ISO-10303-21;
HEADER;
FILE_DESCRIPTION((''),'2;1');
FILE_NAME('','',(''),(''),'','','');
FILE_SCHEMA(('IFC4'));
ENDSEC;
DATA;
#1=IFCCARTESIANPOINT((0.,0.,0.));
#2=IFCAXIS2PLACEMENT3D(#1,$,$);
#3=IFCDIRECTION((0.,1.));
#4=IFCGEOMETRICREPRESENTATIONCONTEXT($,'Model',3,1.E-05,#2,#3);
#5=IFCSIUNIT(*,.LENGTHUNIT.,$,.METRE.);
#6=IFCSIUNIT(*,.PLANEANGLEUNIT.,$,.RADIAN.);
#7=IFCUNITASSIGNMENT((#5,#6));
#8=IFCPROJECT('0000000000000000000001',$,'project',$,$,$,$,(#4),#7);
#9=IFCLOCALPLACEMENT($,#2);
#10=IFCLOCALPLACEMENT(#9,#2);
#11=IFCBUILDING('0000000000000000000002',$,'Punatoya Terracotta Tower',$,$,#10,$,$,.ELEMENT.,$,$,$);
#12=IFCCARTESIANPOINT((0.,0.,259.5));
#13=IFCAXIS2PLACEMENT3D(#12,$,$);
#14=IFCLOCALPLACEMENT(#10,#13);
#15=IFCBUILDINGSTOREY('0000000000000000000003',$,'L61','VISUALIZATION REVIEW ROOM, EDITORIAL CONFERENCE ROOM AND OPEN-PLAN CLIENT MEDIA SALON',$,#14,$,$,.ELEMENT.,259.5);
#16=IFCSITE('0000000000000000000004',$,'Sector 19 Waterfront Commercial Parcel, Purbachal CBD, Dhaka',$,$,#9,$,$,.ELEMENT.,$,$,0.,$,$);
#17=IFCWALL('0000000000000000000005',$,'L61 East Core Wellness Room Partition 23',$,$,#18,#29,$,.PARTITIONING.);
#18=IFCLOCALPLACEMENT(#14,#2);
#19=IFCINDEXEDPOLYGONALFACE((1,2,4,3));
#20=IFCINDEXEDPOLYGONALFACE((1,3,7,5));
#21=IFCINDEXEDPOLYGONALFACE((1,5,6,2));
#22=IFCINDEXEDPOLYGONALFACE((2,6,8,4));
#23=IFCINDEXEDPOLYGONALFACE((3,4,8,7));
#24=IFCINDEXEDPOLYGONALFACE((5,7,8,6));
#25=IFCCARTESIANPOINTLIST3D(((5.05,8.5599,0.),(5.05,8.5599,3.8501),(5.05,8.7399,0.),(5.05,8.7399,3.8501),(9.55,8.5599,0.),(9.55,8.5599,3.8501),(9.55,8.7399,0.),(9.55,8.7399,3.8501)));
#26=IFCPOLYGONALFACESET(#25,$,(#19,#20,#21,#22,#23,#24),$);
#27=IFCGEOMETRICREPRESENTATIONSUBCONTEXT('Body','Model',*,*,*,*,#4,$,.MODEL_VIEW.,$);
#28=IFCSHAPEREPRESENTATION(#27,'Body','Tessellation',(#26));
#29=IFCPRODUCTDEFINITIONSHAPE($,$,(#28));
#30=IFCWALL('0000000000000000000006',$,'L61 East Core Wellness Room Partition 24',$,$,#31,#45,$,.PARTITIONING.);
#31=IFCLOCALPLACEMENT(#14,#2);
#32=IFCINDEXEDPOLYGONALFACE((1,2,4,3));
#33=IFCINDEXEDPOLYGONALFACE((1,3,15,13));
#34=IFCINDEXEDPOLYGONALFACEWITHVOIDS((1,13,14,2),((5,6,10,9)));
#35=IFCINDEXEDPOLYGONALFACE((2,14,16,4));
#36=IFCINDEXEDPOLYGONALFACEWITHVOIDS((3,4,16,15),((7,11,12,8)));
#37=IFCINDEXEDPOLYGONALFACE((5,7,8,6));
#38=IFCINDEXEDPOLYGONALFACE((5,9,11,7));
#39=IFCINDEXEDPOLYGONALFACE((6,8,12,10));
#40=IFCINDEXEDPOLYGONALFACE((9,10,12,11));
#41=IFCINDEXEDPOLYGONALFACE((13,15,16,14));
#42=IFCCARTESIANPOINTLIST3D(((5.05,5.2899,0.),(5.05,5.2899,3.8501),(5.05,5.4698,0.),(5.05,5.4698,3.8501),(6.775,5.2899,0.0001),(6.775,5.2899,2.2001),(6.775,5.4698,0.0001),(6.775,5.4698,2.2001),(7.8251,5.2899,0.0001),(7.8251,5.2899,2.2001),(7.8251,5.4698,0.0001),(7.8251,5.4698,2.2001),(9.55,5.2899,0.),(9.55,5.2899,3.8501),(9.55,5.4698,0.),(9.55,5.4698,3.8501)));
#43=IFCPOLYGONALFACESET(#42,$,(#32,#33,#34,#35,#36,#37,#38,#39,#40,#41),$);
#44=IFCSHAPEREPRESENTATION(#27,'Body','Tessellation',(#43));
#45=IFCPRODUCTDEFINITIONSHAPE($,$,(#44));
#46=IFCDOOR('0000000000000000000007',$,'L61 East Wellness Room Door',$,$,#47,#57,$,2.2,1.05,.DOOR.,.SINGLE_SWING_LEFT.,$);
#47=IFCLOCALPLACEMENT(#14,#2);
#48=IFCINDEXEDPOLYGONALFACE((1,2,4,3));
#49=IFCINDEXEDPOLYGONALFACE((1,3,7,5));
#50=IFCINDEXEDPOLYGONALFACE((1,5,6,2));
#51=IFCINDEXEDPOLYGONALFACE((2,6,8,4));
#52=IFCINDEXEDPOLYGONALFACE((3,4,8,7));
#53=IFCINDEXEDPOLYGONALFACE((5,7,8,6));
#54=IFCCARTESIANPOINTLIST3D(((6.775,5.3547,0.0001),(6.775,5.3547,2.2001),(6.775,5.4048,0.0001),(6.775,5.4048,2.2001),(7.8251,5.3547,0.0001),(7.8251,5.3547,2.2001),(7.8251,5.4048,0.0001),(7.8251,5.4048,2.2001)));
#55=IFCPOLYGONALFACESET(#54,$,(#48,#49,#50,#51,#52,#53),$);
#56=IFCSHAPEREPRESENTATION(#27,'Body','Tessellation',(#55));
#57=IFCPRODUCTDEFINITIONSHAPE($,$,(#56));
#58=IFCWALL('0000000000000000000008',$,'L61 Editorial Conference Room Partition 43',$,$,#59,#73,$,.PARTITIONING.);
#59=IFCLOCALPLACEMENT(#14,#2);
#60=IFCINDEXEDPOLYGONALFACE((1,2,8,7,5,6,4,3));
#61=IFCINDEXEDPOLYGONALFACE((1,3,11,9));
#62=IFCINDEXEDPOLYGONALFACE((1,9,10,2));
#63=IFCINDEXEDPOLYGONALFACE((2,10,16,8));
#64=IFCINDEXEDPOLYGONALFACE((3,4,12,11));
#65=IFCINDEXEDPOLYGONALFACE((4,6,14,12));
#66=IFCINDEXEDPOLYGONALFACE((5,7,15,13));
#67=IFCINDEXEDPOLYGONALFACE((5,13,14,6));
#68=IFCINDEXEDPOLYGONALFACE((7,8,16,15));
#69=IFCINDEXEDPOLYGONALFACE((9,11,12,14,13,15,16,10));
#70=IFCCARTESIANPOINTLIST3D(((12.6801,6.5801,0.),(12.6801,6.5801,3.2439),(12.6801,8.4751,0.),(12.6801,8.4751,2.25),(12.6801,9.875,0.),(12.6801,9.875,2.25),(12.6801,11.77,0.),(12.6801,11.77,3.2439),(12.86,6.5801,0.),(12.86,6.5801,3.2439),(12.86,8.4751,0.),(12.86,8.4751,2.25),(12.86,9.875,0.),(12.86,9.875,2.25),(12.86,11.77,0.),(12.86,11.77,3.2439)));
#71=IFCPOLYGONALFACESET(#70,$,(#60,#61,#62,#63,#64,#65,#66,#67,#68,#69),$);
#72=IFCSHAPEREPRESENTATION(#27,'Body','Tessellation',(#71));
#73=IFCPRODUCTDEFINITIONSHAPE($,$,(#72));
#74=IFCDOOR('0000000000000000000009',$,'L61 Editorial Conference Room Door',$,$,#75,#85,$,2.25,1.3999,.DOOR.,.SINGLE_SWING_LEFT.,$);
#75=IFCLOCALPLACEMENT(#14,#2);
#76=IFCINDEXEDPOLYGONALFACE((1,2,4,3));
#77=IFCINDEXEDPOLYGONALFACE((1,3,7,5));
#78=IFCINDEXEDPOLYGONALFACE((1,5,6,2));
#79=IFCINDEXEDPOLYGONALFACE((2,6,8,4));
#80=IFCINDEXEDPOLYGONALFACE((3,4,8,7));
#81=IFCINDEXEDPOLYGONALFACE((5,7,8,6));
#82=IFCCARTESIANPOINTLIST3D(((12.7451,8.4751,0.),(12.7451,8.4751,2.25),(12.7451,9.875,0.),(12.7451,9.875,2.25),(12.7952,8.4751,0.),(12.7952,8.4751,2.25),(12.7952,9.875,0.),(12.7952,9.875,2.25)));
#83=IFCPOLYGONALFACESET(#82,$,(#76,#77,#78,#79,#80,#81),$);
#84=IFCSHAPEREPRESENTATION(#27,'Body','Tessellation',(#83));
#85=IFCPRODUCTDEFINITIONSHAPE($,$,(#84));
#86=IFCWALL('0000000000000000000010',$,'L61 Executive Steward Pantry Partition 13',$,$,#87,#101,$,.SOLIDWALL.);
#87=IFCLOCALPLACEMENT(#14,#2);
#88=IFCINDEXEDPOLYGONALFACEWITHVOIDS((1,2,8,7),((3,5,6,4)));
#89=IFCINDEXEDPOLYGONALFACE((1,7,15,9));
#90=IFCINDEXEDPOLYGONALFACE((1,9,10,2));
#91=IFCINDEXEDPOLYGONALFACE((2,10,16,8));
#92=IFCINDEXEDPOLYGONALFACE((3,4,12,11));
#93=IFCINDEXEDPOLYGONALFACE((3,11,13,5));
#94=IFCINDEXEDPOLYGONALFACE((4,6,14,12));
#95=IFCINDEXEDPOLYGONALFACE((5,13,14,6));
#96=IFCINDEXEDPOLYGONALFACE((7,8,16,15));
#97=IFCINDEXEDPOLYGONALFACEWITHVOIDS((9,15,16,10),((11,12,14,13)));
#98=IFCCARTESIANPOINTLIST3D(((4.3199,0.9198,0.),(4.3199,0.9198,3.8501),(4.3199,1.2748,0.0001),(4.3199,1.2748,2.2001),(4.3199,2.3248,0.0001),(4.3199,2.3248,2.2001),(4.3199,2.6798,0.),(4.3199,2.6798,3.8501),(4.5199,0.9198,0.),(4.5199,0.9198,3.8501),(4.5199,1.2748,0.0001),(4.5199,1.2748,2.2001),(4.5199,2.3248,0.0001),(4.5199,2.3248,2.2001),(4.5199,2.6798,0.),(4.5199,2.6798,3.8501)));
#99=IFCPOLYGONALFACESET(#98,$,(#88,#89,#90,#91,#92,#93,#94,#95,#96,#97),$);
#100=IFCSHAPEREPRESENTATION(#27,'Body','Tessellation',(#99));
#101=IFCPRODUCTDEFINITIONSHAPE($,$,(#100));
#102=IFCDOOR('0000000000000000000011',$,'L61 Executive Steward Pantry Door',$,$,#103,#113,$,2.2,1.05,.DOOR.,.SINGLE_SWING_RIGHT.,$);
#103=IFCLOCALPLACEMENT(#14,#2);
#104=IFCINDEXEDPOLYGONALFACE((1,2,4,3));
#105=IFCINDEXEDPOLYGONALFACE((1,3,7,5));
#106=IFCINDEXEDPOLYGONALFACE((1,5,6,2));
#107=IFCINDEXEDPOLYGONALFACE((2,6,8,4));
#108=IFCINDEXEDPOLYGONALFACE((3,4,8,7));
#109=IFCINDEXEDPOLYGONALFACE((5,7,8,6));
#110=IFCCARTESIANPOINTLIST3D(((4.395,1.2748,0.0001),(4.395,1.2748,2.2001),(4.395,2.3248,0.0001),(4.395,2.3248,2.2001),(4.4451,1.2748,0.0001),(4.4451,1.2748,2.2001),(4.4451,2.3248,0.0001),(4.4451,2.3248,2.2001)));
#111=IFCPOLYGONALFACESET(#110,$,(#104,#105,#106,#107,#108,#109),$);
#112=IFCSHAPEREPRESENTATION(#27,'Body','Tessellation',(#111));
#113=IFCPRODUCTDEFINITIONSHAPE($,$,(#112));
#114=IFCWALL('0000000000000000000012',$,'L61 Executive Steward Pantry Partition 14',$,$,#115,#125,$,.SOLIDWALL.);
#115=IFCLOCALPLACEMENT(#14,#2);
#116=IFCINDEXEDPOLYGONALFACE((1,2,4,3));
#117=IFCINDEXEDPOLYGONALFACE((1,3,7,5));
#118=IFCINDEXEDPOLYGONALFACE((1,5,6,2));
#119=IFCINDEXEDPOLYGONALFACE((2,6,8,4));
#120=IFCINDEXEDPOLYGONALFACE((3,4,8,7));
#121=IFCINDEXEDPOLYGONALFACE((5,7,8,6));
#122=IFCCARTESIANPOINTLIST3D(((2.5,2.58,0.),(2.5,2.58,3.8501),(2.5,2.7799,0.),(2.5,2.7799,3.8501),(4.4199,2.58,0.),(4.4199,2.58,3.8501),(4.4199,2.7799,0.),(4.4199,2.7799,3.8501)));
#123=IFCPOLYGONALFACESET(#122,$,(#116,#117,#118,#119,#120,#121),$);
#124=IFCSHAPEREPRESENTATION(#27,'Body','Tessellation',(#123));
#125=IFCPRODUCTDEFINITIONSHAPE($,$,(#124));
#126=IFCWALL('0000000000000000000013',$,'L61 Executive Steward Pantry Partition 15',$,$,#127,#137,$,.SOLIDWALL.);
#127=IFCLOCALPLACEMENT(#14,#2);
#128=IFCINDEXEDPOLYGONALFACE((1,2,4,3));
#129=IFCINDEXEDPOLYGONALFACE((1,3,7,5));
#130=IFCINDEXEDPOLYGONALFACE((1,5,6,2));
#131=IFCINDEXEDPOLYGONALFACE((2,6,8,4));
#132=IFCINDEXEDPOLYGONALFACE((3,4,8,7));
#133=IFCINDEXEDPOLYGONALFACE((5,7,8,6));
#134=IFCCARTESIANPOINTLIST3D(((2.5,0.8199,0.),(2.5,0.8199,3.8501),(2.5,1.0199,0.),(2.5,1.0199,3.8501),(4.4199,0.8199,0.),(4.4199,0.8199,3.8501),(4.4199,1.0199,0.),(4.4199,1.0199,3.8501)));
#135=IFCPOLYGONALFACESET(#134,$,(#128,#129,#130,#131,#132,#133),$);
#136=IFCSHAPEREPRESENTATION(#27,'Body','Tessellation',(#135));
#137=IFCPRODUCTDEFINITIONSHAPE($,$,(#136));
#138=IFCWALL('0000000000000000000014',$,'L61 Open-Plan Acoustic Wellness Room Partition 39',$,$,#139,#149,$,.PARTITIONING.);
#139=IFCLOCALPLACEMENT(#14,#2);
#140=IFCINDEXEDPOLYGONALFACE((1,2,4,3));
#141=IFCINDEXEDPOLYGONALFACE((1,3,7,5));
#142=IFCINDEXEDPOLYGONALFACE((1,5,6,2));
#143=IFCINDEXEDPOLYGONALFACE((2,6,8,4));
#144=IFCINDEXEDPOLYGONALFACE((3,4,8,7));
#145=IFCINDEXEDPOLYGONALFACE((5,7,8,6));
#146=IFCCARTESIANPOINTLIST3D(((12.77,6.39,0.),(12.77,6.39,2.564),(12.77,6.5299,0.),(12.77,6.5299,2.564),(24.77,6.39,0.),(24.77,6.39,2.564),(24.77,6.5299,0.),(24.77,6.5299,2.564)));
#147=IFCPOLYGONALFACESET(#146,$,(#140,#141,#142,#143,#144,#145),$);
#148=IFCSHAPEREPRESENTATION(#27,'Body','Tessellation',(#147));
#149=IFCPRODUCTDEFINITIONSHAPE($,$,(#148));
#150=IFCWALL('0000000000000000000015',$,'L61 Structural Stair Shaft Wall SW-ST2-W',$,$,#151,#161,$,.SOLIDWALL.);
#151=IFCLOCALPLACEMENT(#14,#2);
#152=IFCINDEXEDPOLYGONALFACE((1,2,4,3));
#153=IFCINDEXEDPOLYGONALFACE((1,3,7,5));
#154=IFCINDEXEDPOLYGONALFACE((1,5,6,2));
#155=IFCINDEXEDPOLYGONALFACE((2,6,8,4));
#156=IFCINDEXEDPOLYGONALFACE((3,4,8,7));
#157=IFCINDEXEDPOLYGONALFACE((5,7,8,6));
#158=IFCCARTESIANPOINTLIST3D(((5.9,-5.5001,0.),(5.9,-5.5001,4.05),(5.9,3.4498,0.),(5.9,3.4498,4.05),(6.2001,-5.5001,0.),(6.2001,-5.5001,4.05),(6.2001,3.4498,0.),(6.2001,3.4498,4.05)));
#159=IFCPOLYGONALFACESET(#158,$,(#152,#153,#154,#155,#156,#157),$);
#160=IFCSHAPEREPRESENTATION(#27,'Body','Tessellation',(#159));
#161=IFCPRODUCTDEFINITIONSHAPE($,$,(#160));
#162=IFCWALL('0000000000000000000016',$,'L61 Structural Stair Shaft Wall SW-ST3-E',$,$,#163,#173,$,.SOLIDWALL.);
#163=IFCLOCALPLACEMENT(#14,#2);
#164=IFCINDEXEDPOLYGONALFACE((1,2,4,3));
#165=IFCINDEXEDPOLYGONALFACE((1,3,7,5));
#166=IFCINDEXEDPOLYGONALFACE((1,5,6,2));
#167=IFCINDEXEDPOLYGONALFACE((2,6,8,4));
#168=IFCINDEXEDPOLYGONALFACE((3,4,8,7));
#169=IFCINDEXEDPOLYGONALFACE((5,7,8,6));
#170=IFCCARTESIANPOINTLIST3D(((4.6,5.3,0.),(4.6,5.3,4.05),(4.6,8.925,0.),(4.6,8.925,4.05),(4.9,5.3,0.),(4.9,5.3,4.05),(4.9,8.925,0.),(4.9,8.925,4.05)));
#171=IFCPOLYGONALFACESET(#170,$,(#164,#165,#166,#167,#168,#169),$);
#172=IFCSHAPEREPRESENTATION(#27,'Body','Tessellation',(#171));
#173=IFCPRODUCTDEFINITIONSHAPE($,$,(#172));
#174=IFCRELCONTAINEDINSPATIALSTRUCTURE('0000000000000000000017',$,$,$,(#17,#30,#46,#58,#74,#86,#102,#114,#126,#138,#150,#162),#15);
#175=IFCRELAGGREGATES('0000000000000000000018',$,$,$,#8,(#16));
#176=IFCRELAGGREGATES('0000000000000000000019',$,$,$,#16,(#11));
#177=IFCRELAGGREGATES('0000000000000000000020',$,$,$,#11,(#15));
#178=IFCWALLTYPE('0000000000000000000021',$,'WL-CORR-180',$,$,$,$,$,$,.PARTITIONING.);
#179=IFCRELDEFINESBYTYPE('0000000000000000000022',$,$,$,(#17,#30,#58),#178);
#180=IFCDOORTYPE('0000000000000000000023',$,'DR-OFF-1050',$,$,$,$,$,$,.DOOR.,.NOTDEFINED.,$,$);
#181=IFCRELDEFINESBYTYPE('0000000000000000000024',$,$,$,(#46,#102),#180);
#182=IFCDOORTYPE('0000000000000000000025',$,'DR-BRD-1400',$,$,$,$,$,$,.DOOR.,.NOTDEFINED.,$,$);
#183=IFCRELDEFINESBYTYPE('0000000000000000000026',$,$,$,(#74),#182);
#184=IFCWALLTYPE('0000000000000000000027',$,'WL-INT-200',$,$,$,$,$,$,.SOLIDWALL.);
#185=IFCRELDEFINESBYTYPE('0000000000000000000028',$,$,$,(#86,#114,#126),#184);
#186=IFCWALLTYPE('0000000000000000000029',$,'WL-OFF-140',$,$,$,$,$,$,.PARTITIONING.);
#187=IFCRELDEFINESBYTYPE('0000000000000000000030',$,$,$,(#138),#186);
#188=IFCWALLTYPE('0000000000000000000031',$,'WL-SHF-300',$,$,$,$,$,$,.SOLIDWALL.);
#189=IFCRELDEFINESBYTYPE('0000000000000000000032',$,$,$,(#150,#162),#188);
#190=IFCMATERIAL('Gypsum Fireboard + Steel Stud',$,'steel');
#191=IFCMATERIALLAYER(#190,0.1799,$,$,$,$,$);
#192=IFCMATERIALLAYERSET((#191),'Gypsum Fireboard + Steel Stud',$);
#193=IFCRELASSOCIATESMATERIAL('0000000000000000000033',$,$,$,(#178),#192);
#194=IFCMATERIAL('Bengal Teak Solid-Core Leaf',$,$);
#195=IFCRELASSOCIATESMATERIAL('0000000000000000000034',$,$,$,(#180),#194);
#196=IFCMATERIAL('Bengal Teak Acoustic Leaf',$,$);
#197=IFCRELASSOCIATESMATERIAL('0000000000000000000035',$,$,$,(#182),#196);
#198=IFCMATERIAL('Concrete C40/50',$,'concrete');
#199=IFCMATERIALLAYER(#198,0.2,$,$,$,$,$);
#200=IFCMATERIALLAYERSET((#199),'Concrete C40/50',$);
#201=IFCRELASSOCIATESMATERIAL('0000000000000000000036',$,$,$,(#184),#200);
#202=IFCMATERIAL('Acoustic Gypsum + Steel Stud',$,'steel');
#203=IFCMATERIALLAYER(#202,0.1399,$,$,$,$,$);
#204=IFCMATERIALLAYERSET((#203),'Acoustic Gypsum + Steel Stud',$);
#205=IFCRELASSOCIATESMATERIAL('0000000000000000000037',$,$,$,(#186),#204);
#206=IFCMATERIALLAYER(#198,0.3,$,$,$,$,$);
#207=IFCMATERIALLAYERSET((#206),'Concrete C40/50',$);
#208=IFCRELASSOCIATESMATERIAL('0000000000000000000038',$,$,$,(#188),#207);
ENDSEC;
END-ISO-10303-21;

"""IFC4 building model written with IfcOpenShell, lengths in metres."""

from ifc_helpers import new_model, si_unit, direction, frame, frame_2d, origin, place, context, subcontext, project, spatial, rectangle, extrude, material, layer, layer_set, type_object, element, fill, save


model = new_model("IFC4")

# Units and contexts
model_context = context("Model", 3, precision=1e-05, world=origin(), true_north=direction((0.0, 1.0)))
body_context = subcontext(model_context, "Body", "Model", "MODEL_VIEW")
ifc_project = project(units=[si_unit("LENGTHUNIT", "METRE"), si_unit("PLANEANGLEUNIT", "RADIAN")], contexts=[model_context])

# Site, building, storey
site_placement = place(None, origin())
site = spatial("IfcSite", under=ifc_project, at=site_placement, Name="Sector 19 Waterfront Commercial Parcel, Purbachal CBD, Dhaka", CompositionType="ELEMENT", RefElevation=0.0)
building_placement = place(site_placement, origin())
building = spatial("IfcBuilding", under=site, at=building_placement, Name="Punatoya Terracotta Tower", CompositionType="ELEMENT")
storey_placement = place(building_placement, frame((0.0, 0.0, 259.5)))
storey = spatial("IfcBuildingStorey", under=building, at=storey_placement, Name="L61", Description="VISUALIZATION REVIEW ROOM, EDITORIAL CONFERENCE ROOM AND OPEN-PLAN CLIENT MEDIA SALON", CompositionType="ELEMENT", Elevation=259.5)

# Wall
ifc_material_1 = material(Name="Gypsum Fireboard + Steel Stud", Category="steel")
ifc_layer_1 = layer(ifc_material_1, 0.1799)
ifc_layer_set_1 = layer_set([ifc_layer_1], Name="Gypsum Fireboard + Steel Stud")
wall_type_1 = type_object("IfcWallType", Name="WL-CORR-180", PredefinedType="PARTITIONING", material=ifc_layer_set_1)
wall_1_placement = place(storey_placement, frame((9.55, 8.6499, 0.0), z_axis=(0.0, 0.0, 1.0), x_axis=(-1.0, 0.0, 0.0)))
element("IfcWall", 1, at=wall_1_placement, inside=storey, type_object=wall_type_1, Name="L61 East Core Wellness Room Partition 23", PredefinedType="PARTITIONING", context=body_context, shape_type="SweptSolid", body=[
    extrude(rectangle(XDim=4.5, YDim=0.1799, at=frame_2d((2.25, 0.0))), origin(), (0.0, 0.0, 1.0), 3.8501),
])

# Walls, openings, doors
wall_2_placement = place(storey_placement, frame((5.05, 5.3799, 0.0), z_axis=(0.0, 0.0, 1.0), x_axis=(1.0, 0.0, 0.0)))
wall_2 = element("IfcWall", 2, at=wall_2_placement, inside=storey, type_object=wall_type_1, Name="L61 East Core Wellness Room Partition 24", PredefinedType="PARTITIONING", context=body_context, shape_type="SweptSolid", body=[
    extrude(rectangle(XDim=4.5, YDim=0.1799, at=frame_2d((2.25, 0.0))), origin(), (0.0, 0.0, 1.0), 3.8501),
])
opening_1_placement = place(wall_2_placement, frame((1.7251, 0.0, 0.0)))
opening_1 = element("IfcOpeningElement", 3, at=opening_1_placement, cuts=wall_2, PredefinedType="OPENING", context=body_context, shape_type="SweptSolid", body=[
    extrude(rectangle(XDim=1.05, YDim=2.2, at=frame_2d((0.5249, 1.1001))), frame((0.0, 0.0999, 0.0), z_axis=(0.0, -1.0, 0.0), x_axis=(1.0, 0.0, 0.0)), (0.0, 0.0, 1.0), 0.2),
])
ifc_material_2 = material(Name="Bengal Teak Solid-Core Leaf")
door_type_1 = type_object("IfcDoorType", Name="DR-OFF-1050", OperationType="NOTDEFINED", PredefinedType="DOOR", material=ifc_material_2)
door_1_placement = place(opening_1_placement, origin())
door_1 = element("IfcDoor", 4, at=door_1_placement, inside=storey, type_object=door_type_1, Name="L61 East Wellness Room Door", OperationType="SINGLE_SWING_LEFT", OverallHeight=2.2, OverallWidth=1.05, PredefinedType="DOOR", context=body_context, shape_type="SweptSolid", body=[
    extrude(rectangle(XDim=1.05, YDim=2.2, at=frame_2d((0.5249, 1.1001))), frame((0.0, 0.0249, 0.0), z_axis=(0.0, -1.0, 0.0), x_axis=(1.0, 0.0, 0.0)), (0.0, 0.0, 1.0), 0.05),
])
fill(opening_1, door_1)
wall_3_placement = place(storey_placement, frame((12.77, 6.5801, 0.0), z_axis=(0.0, 0.0, 1.0), x_axis=(0.0, 1.0, 0.0)))
wall_3 = element("IfcWall", 5, at=wall_3_placement, inside=storey, type_object=wall_type_1, Name="L61 Editorial Conference Room Partition 43", PredefinedType="PARTITIONING", context=body_context, shape_type="SweptSolid", body=[
    extrude(rectangle(XDim=5.1899, YDim=0.1799, at=frame_2d((2.595, 0.0))), origin(), (0.0, 0.0, 1.0), 3.2439),
])
opening_2_placement = place(wall_3_placement, frame((1.895, 0.0, 0.0)))
opening_2 = element("IfcOpeningElement", 6, at=opening_2_placement, cuts=wall_3, PredefinedType="OPENING", context=body_context, shape_type="SweptSolid", body=[
    extrude(rectangle(XDim=1.3999, YDim=2.25, at=frame_2d((0.7, 1.125))), frame((0.0, 0.0999, 0.0), z_axis=(0.0, -1.0, 0.0), x_axis=(1.0, 0.0, 0.0)), (0.0, 0.0, 1.0), 0.2),
])
ifc_material_3 = material(Name="Bengal Teak Acoustic Leaf")
door_type_2 = type_object("IfcDoorType", Name="DR-BRD-1400", OperationType="NOTDEFINED", PredefinedType="DOOR", material=ifc_material_3)
door_2_placement = place(opening_2_placement, origin())
door_2 = element("IfcDoor", 7, at=door_2_placement, inside=storey, type_object=door_type_2, Name="L61 Editorial Conference Room Door", OperationType="SINGLE_SWING_LEFT", OverallHeight=2.25, OverallWidth=1.3999, PredefinedType="DOOR", context=body_context, shape_type="SweptSolid", body=[
    extrude(rectangle(XDim=1.3999, YDim=2.25, at=frame_2d((0.7, 1.125))), frame((0.0, 0.0249, 0.0), z_axis=(0.0, -1.0, 0.0), x_axis=(1.0, 0.0, 0.0)), (0.0, 0.0, 1.0), 0.05),
])
fill(opening_2, door_2)
ifc_material_4 = material(Name="Concrete C40/50", Category="concrete")
ifc_layer_2 = layer(ifc_material_4, 0.2)
ifc_layer_set_2 = layer_set([ifc_layer_2], Name="Concrete C40/50")
wall_type_2 = type_object("IfcWallType", Name="WL-INT-200", PredefinedType="SOLIDWALL", material=ifc_layer_set_2)
wall_4_placement = place(storey_placement, frame((4.4199, 0.9199, 0.0), z_axis=(0.0, 0.0, 1.0), x_axis=(0.0, 1.0, 0.0)))
wall_4 = element("IfcWall", 8, at=wall_4_placement, inside=storey, type_object=wall_type_2, Name="L61 Executive Steward Pantry Partition 13", PredefinedType="SOLIDWALL", context=body_context, shape_type="SweptSolid", body=[
    extrude(rectangle(XDim=1.76, YDim=0.2, at=frame_2d((0.8799, 0.0))), origin(), (0.0, 0.0, 1.0), 3.8501),
])
opening_3_placement = place(wall_4_placement, frame((0.355, 0.0, 0.0)))
opening_3 = element("IfcOpeningElement", 9, at=opening_3_placement, cuts=wall_4, PredefinedType="OPENING", context=body_context, shape_type="SweptSolid", body=[
    extrude(rectangle(XDim=1.05, YDim=2.2, at=frame_2d((0.5249, 1.1001))), frame((0.0, 0.1099, 0.0), z_axis=(0.0, -1.0, 0.0), x_axis=(1.0, 0.0, 0.0)), (0.0, 0.0, 1.0), 0.22),
])
door_3_placement = place(opening_3_placement, origin())
door_3 = element("IfcDoor", 10, at=door_3_placement, inside=storey, type_object=door_type_1, Name="L61 Executive Steward Pantry Door", OperationType="SINGLE_SWING_RIGHT", OverallHeight=2.2, OverallWidth=1.05, PredefinedType="DOOR", context=body_context, shape_type="SweptSolid", body=[
    extrude(rectangle(XDim=1.05, YDim=2.2, at=frame_2d((0.5249, 1.1001))), frame((0.0, 0.0249, 0.0), z_axis=(0.0, -1.0, 0.0), x_axis=(1.0, 0.0, 0.0)), (0.0, 0.0, 1.0), 0.05),
])
fill(opening_3, door_3)

# Walls
for number, where, z_axis, x_axis, name in (
    (11, (4.4199, 2.6799, 0.0), (0.0, 0.0, 1.0), (-1.0, 0.0, 0.0), "L61 Executive Steward Pantry Partition 14"),
    (12, (2.5, 0.9199, 0.0), (0.0, 0.0, 1.0), (1.0, 0.0, 0.0), "L61 Executive Steward Pantry Partition 15"),
):
    element("IfcWall", number, at=place(storey_placement, frame(where, z_axis=z_axis, x_axis=x_axis)), inside=storey, type_object=wall_type_2, Name=name, PredefinedType="SOLIDWALL", context=body_context, shape_type="SweptSolid", body=[
        extrude(rectangle(XDim=1.9199, YDim=0.2, at=frame_2d((0.96, 0.0))), origin(), (0.0, 0.0, 1.0), 3.8501),
    ])
ifc_material_5 = material(Name="Acoustic Gypsum + Steel Stud", Category="steel")
ifc_layer_3 = layer(ifc_material_5, 0.1399)
ifc_layer_set_3 = layer_set([ifc_layer_3], Name="Acoustic Gypsum + Steel Stud")
wall_type_3 = type_object("IfcWallType", Name="WL-OFF-140", PredefinedType="PARTITIONING", material=ifc_layer_set_3)
wall_5_placement = place(storey_placement, frame((12.77, 6.46, 0.0), z_axis=(0.0, 0.0, 1.0), x_axis=(1.0, 0.0, 0.0)))
element("IfcWall", 13, at=wall_5_placement, inside=storey, type_object=wall_type_3, Name="L61 Open-Plan Acoustic Wellness Room Partition 39", PredefinedType="PARTITIONING", context=body_context, shape_type="SweptSolid", body=[
    extrude(rectangle(XDim=12.0, YDim=0.1399, at=frame_2d((6.0, 0.0))), origin(), (0.0, 0.0, 1.0), 2.564),
])
ifc_layer_4 = layer(ifc_material_4, 0.3)
ifc_layer_set_4 = layer_set([ifc_layer_4], Name="Concrete C40/50")
wall_type_4 = type_object("IfcWallType", Name="WL-SHF-300", PredefinedType="SOLIDWALL", material=ifc_layer_set_4)
wall_6_placement = place(storey_placement, frame((6.05, 3.45, 0.0), z_axis=(0.0, 0.0, 1.0), x_axis=(0.0, -1.0, 0.0)))
element("IfcWall", 14, at=wall_6_placement, inside=storey, type_object=wall_type_4, Name="L61 Structural Stair Shaft Wall SW-ST2-W", PredefinedType="SOLIDWALL", context=body_context, shape_type="SweptSolid", body=[
    extrude(rectangle(XDim=8.95, YDim=0.3, at=frame_2d((4.4751, 0.0))), origin(), (0.0, 0.0, 1.0), 4.05),
])
wall_7_placement = place(storey_placement, frame((4.75, 8.925, 0.0), z_axis=(0.0, 0.0, 1.0), x_axis=(0.0, -1.0, 0.0)))
element("IfcWall", 15, at=wall_7_placement, inside=storey, type_object=wall_type_4, Name="L61 Structural Stair Shaft Wall SW-ST3-E", PredefinedType="SOLIDWALL", context=body_context, shape_type="SweptSolid", body=[
    extrude(rectangle(XDim=3.625, YDim=0.3, at=frame_2d((1.8125, 0.0))), origin(), (0.0, 0.0, 1.0), 4.05),
])

save(model, "model.ifc")
